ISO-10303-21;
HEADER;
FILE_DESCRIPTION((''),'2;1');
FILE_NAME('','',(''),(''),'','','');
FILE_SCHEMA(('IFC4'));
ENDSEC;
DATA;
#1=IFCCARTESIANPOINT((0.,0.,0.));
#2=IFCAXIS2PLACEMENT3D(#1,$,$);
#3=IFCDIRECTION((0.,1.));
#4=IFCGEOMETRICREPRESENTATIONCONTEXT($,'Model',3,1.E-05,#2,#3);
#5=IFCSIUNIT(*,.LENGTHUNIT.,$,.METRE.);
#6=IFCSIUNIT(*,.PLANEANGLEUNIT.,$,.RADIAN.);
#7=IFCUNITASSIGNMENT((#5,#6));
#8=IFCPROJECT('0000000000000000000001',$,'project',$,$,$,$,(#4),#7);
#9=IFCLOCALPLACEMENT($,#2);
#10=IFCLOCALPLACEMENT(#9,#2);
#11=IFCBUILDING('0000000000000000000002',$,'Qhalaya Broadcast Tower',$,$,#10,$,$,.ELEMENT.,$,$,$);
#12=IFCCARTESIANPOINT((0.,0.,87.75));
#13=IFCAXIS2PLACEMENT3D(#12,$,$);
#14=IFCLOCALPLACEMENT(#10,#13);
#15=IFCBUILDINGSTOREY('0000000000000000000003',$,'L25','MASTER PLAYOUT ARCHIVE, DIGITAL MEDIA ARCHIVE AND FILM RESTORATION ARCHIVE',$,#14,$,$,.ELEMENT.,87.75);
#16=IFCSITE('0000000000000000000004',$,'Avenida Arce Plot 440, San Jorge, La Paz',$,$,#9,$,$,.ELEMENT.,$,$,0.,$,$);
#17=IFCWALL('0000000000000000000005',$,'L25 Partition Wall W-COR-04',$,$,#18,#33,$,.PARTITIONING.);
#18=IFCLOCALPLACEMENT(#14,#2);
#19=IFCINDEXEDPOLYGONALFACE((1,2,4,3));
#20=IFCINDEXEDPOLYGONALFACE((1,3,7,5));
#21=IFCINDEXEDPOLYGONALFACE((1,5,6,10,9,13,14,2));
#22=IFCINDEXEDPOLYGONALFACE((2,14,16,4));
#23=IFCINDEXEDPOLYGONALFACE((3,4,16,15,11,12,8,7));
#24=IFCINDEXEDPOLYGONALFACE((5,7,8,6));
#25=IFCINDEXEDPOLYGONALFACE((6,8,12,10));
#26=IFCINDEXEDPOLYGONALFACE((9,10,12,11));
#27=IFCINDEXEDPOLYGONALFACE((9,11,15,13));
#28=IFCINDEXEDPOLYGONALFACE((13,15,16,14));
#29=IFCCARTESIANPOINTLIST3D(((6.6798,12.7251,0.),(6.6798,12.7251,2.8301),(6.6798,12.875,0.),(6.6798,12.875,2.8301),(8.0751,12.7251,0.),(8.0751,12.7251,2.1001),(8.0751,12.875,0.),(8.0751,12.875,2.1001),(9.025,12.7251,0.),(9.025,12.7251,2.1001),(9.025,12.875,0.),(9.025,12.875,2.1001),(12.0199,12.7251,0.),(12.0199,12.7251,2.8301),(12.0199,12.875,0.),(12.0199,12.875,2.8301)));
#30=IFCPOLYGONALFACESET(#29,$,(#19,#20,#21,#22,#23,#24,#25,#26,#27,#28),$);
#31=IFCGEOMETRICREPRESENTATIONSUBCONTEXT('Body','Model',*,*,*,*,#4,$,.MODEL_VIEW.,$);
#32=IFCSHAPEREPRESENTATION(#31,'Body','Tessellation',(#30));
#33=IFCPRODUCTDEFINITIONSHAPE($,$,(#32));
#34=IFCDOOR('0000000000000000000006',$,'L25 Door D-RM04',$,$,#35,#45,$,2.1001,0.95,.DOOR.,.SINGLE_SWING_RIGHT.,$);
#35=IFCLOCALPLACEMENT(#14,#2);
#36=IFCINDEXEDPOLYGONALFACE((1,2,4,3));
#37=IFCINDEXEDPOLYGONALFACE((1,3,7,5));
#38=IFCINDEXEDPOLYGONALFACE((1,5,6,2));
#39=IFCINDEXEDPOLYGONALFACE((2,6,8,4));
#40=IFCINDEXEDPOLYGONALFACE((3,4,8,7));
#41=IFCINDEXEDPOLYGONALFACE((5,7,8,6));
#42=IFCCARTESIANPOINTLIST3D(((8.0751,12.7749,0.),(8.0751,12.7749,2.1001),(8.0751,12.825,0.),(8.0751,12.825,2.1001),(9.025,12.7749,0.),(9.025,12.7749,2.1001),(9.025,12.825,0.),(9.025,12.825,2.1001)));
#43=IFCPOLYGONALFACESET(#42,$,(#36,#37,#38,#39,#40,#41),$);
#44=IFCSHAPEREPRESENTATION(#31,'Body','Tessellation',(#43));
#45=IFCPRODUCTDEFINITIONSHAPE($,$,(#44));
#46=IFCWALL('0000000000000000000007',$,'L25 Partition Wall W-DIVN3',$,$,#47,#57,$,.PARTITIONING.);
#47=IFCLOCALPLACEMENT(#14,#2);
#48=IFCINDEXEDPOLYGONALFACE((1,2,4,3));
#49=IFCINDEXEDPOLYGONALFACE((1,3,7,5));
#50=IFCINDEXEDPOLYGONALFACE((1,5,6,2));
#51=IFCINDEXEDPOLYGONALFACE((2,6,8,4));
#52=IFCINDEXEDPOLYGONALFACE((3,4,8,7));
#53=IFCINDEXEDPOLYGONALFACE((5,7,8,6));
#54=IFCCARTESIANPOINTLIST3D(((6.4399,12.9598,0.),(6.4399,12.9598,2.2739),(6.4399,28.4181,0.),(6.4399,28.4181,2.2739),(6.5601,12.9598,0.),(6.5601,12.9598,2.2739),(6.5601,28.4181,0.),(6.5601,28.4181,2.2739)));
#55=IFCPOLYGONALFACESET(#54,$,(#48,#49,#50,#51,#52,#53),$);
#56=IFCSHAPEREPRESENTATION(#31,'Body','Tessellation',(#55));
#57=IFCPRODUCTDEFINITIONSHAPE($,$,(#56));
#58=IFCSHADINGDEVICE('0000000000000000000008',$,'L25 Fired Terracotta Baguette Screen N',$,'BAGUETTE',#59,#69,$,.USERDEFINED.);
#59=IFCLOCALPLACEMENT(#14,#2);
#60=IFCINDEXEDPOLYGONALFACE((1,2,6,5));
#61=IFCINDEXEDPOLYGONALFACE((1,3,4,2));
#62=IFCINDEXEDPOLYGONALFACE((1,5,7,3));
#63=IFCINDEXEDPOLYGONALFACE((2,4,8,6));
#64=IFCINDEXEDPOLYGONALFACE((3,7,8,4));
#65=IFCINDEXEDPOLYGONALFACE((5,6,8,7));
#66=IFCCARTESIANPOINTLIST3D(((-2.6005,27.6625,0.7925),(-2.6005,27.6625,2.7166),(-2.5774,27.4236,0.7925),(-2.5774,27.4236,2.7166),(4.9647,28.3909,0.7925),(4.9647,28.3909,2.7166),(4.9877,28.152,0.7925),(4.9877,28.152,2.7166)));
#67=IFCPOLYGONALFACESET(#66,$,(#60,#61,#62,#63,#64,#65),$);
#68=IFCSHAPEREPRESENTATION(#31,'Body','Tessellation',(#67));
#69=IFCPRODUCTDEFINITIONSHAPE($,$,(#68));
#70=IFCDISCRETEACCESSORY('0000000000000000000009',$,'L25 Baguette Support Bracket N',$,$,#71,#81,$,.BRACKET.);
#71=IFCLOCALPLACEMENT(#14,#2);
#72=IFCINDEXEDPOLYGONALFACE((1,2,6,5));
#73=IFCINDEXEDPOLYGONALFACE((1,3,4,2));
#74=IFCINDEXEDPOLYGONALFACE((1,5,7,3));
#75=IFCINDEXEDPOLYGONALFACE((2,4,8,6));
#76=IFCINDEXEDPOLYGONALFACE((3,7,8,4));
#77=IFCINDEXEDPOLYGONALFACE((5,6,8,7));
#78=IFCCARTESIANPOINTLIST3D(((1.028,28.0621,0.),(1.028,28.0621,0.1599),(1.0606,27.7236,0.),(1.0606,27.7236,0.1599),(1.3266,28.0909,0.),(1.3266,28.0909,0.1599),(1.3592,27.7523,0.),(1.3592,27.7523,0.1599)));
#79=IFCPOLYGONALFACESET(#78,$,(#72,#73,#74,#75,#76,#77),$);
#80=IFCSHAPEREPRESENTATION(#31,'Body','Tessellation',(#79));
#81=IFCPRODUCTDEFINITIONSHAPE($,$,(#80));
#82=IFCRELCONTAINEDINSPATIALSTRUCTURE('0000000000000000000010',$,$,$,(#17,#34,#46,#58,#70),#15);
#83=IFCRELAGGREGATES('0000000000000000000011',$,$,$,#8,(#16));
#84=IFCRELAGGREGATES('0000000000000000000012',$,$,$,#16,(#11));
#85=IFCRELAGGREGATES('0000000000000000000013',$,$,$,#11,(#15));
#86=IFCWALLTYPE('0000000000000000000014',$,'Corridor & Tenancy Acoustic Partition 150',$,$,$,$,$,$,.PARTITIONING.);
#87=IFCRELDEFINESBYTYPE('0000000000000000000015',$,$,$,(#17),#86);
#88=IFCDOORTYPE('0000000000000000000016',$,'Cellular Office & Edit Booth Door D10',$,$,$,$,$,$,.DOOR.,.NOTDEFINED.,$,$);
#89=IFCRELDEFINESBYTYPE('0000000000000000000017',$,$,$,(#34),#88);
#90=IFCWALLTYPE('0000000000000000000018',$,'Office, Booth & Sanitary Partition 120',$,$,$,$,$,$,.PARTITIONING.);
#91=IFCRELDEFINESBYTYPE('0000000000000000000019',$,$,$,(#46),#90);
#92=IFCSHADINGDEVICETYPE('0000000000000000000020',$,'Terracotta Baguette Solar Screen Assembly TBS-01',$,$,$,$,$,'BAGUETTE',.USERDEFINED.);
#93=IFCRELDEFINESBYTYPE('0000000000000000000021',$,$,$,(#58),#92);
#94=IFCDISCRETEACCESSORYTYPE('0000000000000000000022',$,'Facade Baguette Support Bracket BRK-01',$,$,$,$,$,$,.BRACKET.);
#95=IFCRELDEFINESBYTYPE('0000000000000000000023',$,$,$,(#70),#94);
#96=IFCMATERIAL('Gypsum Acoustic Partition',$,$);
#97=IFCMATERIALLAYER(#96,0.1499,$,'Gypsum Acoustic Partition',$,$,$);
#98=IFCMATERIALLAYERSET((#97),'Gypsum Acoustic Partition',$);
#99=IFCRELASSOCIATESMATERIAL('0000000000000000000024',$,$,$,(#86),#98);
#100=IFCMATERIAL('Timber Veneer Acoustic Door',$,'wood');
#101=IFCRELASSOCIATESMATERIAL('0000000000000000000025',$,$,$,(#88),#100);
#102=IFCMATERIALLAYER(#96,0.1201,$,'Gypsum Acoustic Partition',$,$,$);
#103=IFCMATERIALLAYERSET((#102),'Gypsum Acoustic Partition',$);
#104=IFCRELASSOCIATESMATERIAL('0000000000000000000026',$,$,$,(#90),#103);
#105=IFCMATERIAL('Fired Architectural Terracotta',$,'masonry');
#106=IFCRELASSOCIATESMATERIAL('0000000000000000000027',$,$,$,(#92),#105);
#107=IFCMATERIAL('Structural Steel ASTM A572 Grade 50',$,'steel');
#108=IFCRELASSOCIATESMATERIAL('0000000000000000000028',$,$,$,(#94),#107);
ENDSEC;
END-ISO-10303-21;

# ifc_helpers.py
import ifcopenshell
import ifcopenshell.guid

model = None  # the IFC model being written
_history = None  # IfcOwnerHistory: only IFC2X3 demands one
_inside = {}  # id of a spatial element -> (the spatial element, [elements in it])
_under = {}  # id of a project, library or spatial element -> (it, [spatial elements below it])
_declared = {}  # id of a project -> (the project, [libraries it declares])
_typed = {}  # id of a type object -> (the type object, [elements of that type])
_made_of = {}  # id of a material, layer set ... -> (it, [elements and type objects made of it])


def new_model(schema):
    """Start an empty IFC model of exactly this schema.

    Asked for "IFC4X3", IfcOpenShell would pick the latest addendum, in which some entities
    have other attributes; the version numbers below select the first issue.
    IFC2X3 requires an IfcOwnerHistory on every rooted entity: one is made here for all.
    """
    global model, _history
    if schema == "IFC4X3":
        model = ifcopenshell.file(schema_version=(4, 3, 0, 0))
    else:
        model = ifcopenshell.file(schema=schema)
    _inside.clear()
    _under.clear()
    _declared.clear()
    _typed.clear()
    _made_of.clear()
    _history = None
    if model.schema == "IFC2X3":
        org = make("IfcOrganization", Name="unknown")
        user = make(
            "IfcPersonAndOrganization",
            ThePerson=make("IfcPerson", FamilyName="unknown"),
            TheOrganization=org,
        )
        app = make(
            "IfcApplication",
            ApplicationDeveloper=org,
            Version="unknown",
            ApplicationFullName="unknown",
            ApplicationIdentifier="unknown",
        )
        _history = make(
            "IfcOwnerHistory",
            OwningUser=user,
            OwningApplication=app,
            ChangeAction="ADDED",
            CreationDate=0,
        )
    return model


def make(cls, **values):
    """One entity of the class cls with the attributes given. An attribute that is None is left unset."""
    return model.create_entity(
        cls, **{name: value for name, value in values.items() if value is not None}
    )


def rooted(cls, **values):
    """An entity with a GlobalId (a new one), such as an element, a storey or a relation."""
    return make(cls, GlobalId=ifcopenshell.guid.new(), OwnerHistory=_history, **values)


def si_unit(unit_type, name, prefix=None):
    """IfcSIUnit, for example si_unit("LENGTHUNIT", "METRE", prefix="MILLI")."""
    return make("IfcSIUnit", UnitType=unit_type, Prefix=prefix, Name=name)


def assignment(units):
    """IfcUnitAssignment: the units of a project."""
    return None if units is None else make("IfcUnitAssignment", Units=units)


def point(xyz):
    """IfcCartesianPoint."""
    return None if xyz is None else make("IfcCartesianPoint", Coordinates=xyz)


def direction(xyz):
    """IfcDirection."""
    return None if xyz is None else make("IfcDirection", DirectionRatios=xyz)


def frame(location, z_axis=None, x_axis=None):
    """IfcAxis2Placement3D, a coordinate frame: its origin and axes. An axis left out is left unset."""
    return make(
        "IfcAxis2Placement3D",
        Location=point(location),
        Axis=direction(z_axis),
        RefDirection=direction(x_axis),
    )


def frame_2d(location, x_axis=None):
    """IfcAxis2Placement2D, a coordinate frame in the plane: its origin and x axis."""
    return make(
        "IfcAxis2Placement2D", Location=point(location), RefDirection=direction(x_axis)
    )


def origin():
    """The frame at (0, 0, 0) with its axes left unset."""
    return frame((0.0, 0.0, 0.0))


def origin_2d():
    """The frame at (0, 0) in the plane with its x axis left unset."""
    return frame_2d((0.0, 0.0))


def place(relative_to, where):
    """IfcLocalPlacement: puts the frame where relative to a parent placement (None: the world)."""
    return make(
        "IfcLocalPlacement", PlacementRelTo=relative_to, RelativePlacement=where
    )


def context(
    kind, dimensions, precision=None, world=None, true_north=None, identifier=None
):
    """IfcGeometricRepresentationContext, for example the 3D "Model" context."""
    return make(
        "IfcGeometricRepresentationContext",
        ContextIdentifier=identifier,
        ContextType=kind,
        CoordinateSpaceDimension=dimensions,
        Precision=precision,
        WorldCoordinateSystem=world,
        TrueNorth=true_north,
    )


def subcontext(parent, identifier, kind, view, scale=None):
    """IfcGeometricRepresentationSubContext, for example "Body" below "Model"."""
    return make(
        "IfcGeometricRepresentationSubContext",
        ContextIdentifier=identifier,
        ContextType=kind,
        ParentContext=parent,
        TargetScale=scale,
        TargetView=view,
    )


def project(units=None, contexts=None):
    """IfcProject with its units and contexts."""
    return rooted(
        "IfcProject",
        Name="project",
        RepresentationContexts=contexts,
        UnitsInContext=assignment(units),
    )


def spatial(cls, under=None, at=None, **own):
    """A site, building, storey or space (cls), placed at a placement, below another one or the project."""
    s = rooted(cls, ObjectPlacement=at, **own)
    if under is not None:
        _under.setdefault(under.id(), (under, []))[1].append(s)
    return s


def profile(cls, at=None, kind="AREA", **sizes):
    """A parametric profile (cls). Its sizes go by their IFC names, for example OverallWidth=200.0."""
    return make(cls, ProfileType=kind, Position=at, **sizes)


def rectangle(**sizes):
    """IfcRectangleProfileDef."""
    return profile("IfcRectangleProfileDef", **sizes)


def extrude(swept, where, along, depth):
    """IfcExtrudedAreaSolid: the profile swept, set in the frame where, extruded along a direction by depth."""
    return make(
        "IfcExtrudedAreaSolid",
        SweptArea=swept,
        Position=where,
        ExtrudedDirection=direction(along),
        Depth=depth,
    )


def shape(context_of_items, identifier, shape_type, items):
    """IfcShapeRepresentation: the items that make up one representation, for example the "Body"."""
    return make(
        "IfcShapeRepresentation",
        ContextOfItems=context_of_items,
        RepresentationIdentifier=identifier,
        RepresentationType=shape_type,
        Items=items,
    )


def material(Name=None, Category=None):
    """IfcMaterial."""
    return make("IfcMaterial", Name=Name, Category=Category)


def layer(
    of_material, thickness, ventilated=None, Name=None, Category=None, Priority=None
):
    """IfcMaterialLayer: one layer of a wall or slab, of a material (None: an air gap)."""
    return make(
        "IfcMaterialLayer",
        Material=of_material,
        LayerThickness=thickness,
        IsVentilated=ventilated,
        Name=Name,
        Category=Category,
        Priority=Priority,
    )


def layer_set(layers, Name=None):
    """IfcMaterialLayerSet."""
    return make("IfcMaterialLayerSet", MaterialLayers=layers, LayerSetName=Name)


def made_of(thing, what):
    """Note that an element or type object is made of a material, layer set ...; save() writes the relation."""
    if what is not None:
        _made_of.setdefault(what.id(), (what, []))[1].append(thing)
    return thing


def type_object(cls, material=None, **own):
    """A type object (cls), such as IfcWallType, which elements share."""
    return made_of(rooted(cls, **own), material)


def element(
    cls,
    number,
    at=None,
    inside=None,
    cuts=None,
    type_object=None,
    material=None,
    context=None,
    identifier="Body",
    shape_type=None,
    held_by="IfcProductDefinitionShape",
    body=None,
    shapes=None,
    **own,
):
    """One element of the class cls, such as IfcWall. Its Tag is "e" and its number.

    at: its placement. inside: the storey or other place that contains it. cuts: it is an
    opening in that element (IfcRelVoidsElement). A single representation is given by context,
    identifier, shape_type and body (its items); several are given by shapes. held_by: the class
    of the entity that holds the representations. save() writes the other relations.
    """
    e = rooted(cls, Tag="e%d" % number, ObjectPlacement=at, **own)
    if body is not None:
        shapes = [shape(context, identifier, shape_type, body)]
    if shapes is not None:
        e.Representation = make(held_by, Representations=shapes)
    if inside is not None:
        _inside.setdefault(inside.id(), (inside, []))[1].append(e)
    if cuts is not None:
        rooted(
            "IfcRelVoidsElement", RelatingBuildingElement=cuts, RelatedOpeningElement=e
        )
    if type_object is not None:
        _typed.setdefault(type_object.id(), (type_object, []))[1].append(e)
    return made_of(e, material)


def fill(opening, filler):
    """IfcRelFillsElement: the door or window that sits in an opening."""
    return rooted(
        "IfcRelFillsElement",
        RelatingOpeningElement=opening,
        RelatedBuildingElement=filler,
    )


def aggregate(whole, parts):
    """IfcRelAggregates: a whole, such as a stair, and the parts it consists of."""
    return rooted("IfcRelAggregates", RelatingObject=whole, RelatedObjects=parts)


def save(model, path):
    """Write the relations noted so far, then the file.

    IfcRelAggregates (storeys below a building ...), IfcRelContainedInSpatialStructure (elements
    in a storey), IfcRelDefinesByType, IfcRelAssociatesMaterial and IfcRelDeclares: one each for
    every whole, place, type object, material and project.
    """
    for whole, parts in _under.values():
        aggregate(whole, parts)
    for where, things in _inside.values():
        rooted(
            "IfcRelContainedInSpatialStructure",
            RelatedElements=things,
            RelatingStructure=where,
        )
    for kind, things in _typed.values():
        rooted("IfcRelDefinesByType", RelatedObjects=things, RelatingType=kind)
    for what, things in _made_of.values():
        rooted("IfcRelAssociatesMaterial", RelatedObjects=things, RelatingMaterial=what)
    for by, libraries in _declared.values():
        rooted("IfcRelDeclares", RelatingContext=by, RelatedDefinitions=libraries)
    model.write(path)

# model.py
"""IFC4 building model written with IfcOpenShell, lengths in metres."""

from ifc_helpers import new_model, si_unit, direction, frame, frame_2d, origin, origin_2d, place, context, subcontext, project, spatial, rectangle, extrude, material, layer, layer_set, type_object, element, fill, save


model = new_model("IFC4")

# Units and contexts
model_context = context("Model", 3, precision=1e-05, world=origin(), true_north=direction((0.0, 1.0)))
body_context = subcontext(model_context, "Body", "Model", "MODEL_VIEW")
ifc_project = project(units=[si_unit("LENGTHUNIT", "METRE"), si_unit("PLANEANGLEUNIT", "RADIAN")], contexts=[model_context])

# Site, building, storey
site_placement = place(None, origin())
site = spatial("IfcSite", under=ifc_project, at=site_placement, Name="Avenida Arce Plot 440, San Jorge, La Paz", CompositionType="ELEMENT", RefElevation=0.0)
building_placement = place(site_placement, origin())
building = spatial("IfcBuilding", under=site, at=building_placement, Name="Qhalaya Broadcast Tower", CompositionType="ELEMENT")
storey_placement = place(building_placement, frame((0.0, 0.0, 87.75)))
storey = spatial("IfcBuildingStorey", under=building, at=storey_placement, Name="L25", Description="MASTER PLAYOUT ARCHIVE, DIGITAL MEDIA ARCHIVE AND FILM RESTORATION ARCHIVE", CompositionType="ELEMENT", Elevation=87.75)

# Shared definitions
ifc_material_1 = material(Name="Structural Steel ASTM A572 Grade 50", Category="steel")

# Shared definitions
ifc_material_2 = material(Name="Fired Architectural Terracotta", Category="masonry")

# Wall, opening, door
ifc_material_3 = material(Name="Gypsum Acoustic Partition")
ifc_layer_1 = layer(ifc_material_3, 0.1499, Name="Gypsum Acoustic Partition")
ifc_layer_set_1 = layer_set([ifc_layer_1], Name="Gypsum Acoustic Partition")
wall_type_1 = type_object("IfcWallType", Name="Corridor & Tenancy Acoustic Partition 150", PredefinedType="PARTITIONING", material=ifc_layer_set_1)
ifc_material_4 = material(Name="Timber Veneer Acoustic Door", Category="wood")
door_type = type_object("IfcDoorType", Name="Cellular Office & Edit Booth Door D10", OperationType="NOTDEFINED", PredefinedType="DOOR", material=ifc_material_4)
wall_1_placement = place(storey_placement, frame((6.6799, 12.8, 0.0), z_axis=(0.0, 0.0, 1.0), x_axis=(1.0, 0.0, 0.0)))
wall_1 = element("IfcWall", 1, at=wall_1_placement, inside=storey, type_object=wall_type_1, Name="L25 Partition Wall W-COR-04", PredefinedType="PARTITIONING", context=body_context, shape_type="SweptSolid", body=[
    extrude(rectangle(XDim=5.3401, YDim=0.1499, at=frame_2d((2.6699, 0.0))), origin(), (0.0, 0.0, 1.0), 2.8301),
])
opening_1_placement = place(wall_1_placement, frame((1.395, 0.0, 0.0)))
opening_1 = element("IfcOpeningElement", 2, at=opening_1_placement, cuts=wall_1, PredefinedType="OPENING", context=body_context, shape_type="SweptSolid", body=[
    extrude(rectangle(XDim=0.95, YDim=2.1001, at=frame_2d((0.4751, 1.05))), frame((0.0, 0.0869, 0.0), z_axis=(0.0, -1.0, 0.0), x_axis=(1.0, 0.0, 0.0)), (0.0, 0.0, 1.0), 0.1738),
])
door_1_placement = place(opening_1_placement, origin())
door_1 = element("IfcDoor", 3, at=door_1_placement, inside=storey, type_object=door_type, Name="L25 Door D-RM04", OperationType="SINGLE_SWING_RIGHT", OverallHeight=2.1001, OverallWidth=0.95, PredefinedType="DOOR", context=body_context, shape_type="SweptSolid", body=[
    extrude(rectangle(XDim=0.95, YDim=2.1001, at=frame_2d((0.4751, 1.05))), frame((0.0, 0.0249, 0.0), z_axis=(0.0, -1.0, 0.0), x_axis=(1.0, 0.0, 0.0)), (0.0, 0.0, 1.0), 0.05),
])
fill(opening_1, door_1)

# Wall
ifc_layer_2 = layer(ifc_material_3, 0.1201, Name="Gypsum Acoustic Partition")
ifc_layer_set_2 = layer_set([ifc_layer_2], Name="Gypsum Acoustic Partition")
wall_type_2 = type_object("IfcWallType", Name="Office, Booth & Sanitary Partition 120", PredefinedType="PARTITIONING", material=ifc_layer_set_2)
wall_2_placement = place(storey_placement, frame((6.5, 12.96, 0.0), z_axis=(0.0, 0.0, 1.0), x_axis=(0.0, 1.0, 0.0)))
element("IfcWall", 4, at=wall_2_placement, inside=storey, type_object=wall_type_2, Name="L25 Partition Wall W-DIVN3", PredefinedType="PARTITIONING", context=body_context, shape_type="SweptSolid", body=[
    extrude(rectangle(XDim=15.4583, YDim=0.1201, at=frame_2d((7.729, 0.0))), origin(), (0.0, 0.0, 1.0), 2.2739),
])

# Shading device
shading_device_type = type_object("IfcShadingDeviceType", Name="Terracotta Baguette Solar Screen Assembly TBS-01", ElementType="BAGUETTE", PredefinedType="USERDEFINED", material=ifc_material_2)
shading_device_placement = place(storey_placement, frame((1.1936, 27.9072, 0.7925), z_axis=(0.0, 0.0, 1.0), x_axis=(-0.995396, -0.095846, 0.0)))
element("IfcShadingDevice", 5, at=shading_device_placement, inside=storey, type_object=shading_device_type, Name="L25 Fired Terracotta Baguette Screen N", ObjectType="BAGUETTE", PredefinedType="USERDEFINED", context=body_context, shape_type="SweptSolid", body=[
    extrude(rectangle(XDim=7.6001, YDim=0.24, at=origin_2d()), origin(), (0.0, 0.0, 1.0), 1.9241),
])

# Discrete accessory
discrete_accessory_type = type_object("IfcDiscreteAccessoryType", Name="Facade Baguette Support Bracket BRK-01", PredefinedType="BRACKET", material=ifc_material_1)
discrete_accessory_placement = place(storey_placement, frame((1.1936, 27.9072, 0.0), z_axis=(0.0, 0.0, 1.0), x_axis=(-0.995396, -0.095846, 0.0)))
element("IfcDiscreteAccessory", 6, at=discrete_accessory_placement, inside=storey, type_object=discrete_accessory_type, Name="L25 Baguette Support Bracket N", PredefinedType="BRACKET", context=body_context, shape_type="SweptSolid", body=[
    extrude(rectangle(XDim=0.3, YDim=0.3401, at=origin_2d()), origin(), (0.0, 0.0, 1.0), 0.1599),
])

save(model, "model.ifc")
